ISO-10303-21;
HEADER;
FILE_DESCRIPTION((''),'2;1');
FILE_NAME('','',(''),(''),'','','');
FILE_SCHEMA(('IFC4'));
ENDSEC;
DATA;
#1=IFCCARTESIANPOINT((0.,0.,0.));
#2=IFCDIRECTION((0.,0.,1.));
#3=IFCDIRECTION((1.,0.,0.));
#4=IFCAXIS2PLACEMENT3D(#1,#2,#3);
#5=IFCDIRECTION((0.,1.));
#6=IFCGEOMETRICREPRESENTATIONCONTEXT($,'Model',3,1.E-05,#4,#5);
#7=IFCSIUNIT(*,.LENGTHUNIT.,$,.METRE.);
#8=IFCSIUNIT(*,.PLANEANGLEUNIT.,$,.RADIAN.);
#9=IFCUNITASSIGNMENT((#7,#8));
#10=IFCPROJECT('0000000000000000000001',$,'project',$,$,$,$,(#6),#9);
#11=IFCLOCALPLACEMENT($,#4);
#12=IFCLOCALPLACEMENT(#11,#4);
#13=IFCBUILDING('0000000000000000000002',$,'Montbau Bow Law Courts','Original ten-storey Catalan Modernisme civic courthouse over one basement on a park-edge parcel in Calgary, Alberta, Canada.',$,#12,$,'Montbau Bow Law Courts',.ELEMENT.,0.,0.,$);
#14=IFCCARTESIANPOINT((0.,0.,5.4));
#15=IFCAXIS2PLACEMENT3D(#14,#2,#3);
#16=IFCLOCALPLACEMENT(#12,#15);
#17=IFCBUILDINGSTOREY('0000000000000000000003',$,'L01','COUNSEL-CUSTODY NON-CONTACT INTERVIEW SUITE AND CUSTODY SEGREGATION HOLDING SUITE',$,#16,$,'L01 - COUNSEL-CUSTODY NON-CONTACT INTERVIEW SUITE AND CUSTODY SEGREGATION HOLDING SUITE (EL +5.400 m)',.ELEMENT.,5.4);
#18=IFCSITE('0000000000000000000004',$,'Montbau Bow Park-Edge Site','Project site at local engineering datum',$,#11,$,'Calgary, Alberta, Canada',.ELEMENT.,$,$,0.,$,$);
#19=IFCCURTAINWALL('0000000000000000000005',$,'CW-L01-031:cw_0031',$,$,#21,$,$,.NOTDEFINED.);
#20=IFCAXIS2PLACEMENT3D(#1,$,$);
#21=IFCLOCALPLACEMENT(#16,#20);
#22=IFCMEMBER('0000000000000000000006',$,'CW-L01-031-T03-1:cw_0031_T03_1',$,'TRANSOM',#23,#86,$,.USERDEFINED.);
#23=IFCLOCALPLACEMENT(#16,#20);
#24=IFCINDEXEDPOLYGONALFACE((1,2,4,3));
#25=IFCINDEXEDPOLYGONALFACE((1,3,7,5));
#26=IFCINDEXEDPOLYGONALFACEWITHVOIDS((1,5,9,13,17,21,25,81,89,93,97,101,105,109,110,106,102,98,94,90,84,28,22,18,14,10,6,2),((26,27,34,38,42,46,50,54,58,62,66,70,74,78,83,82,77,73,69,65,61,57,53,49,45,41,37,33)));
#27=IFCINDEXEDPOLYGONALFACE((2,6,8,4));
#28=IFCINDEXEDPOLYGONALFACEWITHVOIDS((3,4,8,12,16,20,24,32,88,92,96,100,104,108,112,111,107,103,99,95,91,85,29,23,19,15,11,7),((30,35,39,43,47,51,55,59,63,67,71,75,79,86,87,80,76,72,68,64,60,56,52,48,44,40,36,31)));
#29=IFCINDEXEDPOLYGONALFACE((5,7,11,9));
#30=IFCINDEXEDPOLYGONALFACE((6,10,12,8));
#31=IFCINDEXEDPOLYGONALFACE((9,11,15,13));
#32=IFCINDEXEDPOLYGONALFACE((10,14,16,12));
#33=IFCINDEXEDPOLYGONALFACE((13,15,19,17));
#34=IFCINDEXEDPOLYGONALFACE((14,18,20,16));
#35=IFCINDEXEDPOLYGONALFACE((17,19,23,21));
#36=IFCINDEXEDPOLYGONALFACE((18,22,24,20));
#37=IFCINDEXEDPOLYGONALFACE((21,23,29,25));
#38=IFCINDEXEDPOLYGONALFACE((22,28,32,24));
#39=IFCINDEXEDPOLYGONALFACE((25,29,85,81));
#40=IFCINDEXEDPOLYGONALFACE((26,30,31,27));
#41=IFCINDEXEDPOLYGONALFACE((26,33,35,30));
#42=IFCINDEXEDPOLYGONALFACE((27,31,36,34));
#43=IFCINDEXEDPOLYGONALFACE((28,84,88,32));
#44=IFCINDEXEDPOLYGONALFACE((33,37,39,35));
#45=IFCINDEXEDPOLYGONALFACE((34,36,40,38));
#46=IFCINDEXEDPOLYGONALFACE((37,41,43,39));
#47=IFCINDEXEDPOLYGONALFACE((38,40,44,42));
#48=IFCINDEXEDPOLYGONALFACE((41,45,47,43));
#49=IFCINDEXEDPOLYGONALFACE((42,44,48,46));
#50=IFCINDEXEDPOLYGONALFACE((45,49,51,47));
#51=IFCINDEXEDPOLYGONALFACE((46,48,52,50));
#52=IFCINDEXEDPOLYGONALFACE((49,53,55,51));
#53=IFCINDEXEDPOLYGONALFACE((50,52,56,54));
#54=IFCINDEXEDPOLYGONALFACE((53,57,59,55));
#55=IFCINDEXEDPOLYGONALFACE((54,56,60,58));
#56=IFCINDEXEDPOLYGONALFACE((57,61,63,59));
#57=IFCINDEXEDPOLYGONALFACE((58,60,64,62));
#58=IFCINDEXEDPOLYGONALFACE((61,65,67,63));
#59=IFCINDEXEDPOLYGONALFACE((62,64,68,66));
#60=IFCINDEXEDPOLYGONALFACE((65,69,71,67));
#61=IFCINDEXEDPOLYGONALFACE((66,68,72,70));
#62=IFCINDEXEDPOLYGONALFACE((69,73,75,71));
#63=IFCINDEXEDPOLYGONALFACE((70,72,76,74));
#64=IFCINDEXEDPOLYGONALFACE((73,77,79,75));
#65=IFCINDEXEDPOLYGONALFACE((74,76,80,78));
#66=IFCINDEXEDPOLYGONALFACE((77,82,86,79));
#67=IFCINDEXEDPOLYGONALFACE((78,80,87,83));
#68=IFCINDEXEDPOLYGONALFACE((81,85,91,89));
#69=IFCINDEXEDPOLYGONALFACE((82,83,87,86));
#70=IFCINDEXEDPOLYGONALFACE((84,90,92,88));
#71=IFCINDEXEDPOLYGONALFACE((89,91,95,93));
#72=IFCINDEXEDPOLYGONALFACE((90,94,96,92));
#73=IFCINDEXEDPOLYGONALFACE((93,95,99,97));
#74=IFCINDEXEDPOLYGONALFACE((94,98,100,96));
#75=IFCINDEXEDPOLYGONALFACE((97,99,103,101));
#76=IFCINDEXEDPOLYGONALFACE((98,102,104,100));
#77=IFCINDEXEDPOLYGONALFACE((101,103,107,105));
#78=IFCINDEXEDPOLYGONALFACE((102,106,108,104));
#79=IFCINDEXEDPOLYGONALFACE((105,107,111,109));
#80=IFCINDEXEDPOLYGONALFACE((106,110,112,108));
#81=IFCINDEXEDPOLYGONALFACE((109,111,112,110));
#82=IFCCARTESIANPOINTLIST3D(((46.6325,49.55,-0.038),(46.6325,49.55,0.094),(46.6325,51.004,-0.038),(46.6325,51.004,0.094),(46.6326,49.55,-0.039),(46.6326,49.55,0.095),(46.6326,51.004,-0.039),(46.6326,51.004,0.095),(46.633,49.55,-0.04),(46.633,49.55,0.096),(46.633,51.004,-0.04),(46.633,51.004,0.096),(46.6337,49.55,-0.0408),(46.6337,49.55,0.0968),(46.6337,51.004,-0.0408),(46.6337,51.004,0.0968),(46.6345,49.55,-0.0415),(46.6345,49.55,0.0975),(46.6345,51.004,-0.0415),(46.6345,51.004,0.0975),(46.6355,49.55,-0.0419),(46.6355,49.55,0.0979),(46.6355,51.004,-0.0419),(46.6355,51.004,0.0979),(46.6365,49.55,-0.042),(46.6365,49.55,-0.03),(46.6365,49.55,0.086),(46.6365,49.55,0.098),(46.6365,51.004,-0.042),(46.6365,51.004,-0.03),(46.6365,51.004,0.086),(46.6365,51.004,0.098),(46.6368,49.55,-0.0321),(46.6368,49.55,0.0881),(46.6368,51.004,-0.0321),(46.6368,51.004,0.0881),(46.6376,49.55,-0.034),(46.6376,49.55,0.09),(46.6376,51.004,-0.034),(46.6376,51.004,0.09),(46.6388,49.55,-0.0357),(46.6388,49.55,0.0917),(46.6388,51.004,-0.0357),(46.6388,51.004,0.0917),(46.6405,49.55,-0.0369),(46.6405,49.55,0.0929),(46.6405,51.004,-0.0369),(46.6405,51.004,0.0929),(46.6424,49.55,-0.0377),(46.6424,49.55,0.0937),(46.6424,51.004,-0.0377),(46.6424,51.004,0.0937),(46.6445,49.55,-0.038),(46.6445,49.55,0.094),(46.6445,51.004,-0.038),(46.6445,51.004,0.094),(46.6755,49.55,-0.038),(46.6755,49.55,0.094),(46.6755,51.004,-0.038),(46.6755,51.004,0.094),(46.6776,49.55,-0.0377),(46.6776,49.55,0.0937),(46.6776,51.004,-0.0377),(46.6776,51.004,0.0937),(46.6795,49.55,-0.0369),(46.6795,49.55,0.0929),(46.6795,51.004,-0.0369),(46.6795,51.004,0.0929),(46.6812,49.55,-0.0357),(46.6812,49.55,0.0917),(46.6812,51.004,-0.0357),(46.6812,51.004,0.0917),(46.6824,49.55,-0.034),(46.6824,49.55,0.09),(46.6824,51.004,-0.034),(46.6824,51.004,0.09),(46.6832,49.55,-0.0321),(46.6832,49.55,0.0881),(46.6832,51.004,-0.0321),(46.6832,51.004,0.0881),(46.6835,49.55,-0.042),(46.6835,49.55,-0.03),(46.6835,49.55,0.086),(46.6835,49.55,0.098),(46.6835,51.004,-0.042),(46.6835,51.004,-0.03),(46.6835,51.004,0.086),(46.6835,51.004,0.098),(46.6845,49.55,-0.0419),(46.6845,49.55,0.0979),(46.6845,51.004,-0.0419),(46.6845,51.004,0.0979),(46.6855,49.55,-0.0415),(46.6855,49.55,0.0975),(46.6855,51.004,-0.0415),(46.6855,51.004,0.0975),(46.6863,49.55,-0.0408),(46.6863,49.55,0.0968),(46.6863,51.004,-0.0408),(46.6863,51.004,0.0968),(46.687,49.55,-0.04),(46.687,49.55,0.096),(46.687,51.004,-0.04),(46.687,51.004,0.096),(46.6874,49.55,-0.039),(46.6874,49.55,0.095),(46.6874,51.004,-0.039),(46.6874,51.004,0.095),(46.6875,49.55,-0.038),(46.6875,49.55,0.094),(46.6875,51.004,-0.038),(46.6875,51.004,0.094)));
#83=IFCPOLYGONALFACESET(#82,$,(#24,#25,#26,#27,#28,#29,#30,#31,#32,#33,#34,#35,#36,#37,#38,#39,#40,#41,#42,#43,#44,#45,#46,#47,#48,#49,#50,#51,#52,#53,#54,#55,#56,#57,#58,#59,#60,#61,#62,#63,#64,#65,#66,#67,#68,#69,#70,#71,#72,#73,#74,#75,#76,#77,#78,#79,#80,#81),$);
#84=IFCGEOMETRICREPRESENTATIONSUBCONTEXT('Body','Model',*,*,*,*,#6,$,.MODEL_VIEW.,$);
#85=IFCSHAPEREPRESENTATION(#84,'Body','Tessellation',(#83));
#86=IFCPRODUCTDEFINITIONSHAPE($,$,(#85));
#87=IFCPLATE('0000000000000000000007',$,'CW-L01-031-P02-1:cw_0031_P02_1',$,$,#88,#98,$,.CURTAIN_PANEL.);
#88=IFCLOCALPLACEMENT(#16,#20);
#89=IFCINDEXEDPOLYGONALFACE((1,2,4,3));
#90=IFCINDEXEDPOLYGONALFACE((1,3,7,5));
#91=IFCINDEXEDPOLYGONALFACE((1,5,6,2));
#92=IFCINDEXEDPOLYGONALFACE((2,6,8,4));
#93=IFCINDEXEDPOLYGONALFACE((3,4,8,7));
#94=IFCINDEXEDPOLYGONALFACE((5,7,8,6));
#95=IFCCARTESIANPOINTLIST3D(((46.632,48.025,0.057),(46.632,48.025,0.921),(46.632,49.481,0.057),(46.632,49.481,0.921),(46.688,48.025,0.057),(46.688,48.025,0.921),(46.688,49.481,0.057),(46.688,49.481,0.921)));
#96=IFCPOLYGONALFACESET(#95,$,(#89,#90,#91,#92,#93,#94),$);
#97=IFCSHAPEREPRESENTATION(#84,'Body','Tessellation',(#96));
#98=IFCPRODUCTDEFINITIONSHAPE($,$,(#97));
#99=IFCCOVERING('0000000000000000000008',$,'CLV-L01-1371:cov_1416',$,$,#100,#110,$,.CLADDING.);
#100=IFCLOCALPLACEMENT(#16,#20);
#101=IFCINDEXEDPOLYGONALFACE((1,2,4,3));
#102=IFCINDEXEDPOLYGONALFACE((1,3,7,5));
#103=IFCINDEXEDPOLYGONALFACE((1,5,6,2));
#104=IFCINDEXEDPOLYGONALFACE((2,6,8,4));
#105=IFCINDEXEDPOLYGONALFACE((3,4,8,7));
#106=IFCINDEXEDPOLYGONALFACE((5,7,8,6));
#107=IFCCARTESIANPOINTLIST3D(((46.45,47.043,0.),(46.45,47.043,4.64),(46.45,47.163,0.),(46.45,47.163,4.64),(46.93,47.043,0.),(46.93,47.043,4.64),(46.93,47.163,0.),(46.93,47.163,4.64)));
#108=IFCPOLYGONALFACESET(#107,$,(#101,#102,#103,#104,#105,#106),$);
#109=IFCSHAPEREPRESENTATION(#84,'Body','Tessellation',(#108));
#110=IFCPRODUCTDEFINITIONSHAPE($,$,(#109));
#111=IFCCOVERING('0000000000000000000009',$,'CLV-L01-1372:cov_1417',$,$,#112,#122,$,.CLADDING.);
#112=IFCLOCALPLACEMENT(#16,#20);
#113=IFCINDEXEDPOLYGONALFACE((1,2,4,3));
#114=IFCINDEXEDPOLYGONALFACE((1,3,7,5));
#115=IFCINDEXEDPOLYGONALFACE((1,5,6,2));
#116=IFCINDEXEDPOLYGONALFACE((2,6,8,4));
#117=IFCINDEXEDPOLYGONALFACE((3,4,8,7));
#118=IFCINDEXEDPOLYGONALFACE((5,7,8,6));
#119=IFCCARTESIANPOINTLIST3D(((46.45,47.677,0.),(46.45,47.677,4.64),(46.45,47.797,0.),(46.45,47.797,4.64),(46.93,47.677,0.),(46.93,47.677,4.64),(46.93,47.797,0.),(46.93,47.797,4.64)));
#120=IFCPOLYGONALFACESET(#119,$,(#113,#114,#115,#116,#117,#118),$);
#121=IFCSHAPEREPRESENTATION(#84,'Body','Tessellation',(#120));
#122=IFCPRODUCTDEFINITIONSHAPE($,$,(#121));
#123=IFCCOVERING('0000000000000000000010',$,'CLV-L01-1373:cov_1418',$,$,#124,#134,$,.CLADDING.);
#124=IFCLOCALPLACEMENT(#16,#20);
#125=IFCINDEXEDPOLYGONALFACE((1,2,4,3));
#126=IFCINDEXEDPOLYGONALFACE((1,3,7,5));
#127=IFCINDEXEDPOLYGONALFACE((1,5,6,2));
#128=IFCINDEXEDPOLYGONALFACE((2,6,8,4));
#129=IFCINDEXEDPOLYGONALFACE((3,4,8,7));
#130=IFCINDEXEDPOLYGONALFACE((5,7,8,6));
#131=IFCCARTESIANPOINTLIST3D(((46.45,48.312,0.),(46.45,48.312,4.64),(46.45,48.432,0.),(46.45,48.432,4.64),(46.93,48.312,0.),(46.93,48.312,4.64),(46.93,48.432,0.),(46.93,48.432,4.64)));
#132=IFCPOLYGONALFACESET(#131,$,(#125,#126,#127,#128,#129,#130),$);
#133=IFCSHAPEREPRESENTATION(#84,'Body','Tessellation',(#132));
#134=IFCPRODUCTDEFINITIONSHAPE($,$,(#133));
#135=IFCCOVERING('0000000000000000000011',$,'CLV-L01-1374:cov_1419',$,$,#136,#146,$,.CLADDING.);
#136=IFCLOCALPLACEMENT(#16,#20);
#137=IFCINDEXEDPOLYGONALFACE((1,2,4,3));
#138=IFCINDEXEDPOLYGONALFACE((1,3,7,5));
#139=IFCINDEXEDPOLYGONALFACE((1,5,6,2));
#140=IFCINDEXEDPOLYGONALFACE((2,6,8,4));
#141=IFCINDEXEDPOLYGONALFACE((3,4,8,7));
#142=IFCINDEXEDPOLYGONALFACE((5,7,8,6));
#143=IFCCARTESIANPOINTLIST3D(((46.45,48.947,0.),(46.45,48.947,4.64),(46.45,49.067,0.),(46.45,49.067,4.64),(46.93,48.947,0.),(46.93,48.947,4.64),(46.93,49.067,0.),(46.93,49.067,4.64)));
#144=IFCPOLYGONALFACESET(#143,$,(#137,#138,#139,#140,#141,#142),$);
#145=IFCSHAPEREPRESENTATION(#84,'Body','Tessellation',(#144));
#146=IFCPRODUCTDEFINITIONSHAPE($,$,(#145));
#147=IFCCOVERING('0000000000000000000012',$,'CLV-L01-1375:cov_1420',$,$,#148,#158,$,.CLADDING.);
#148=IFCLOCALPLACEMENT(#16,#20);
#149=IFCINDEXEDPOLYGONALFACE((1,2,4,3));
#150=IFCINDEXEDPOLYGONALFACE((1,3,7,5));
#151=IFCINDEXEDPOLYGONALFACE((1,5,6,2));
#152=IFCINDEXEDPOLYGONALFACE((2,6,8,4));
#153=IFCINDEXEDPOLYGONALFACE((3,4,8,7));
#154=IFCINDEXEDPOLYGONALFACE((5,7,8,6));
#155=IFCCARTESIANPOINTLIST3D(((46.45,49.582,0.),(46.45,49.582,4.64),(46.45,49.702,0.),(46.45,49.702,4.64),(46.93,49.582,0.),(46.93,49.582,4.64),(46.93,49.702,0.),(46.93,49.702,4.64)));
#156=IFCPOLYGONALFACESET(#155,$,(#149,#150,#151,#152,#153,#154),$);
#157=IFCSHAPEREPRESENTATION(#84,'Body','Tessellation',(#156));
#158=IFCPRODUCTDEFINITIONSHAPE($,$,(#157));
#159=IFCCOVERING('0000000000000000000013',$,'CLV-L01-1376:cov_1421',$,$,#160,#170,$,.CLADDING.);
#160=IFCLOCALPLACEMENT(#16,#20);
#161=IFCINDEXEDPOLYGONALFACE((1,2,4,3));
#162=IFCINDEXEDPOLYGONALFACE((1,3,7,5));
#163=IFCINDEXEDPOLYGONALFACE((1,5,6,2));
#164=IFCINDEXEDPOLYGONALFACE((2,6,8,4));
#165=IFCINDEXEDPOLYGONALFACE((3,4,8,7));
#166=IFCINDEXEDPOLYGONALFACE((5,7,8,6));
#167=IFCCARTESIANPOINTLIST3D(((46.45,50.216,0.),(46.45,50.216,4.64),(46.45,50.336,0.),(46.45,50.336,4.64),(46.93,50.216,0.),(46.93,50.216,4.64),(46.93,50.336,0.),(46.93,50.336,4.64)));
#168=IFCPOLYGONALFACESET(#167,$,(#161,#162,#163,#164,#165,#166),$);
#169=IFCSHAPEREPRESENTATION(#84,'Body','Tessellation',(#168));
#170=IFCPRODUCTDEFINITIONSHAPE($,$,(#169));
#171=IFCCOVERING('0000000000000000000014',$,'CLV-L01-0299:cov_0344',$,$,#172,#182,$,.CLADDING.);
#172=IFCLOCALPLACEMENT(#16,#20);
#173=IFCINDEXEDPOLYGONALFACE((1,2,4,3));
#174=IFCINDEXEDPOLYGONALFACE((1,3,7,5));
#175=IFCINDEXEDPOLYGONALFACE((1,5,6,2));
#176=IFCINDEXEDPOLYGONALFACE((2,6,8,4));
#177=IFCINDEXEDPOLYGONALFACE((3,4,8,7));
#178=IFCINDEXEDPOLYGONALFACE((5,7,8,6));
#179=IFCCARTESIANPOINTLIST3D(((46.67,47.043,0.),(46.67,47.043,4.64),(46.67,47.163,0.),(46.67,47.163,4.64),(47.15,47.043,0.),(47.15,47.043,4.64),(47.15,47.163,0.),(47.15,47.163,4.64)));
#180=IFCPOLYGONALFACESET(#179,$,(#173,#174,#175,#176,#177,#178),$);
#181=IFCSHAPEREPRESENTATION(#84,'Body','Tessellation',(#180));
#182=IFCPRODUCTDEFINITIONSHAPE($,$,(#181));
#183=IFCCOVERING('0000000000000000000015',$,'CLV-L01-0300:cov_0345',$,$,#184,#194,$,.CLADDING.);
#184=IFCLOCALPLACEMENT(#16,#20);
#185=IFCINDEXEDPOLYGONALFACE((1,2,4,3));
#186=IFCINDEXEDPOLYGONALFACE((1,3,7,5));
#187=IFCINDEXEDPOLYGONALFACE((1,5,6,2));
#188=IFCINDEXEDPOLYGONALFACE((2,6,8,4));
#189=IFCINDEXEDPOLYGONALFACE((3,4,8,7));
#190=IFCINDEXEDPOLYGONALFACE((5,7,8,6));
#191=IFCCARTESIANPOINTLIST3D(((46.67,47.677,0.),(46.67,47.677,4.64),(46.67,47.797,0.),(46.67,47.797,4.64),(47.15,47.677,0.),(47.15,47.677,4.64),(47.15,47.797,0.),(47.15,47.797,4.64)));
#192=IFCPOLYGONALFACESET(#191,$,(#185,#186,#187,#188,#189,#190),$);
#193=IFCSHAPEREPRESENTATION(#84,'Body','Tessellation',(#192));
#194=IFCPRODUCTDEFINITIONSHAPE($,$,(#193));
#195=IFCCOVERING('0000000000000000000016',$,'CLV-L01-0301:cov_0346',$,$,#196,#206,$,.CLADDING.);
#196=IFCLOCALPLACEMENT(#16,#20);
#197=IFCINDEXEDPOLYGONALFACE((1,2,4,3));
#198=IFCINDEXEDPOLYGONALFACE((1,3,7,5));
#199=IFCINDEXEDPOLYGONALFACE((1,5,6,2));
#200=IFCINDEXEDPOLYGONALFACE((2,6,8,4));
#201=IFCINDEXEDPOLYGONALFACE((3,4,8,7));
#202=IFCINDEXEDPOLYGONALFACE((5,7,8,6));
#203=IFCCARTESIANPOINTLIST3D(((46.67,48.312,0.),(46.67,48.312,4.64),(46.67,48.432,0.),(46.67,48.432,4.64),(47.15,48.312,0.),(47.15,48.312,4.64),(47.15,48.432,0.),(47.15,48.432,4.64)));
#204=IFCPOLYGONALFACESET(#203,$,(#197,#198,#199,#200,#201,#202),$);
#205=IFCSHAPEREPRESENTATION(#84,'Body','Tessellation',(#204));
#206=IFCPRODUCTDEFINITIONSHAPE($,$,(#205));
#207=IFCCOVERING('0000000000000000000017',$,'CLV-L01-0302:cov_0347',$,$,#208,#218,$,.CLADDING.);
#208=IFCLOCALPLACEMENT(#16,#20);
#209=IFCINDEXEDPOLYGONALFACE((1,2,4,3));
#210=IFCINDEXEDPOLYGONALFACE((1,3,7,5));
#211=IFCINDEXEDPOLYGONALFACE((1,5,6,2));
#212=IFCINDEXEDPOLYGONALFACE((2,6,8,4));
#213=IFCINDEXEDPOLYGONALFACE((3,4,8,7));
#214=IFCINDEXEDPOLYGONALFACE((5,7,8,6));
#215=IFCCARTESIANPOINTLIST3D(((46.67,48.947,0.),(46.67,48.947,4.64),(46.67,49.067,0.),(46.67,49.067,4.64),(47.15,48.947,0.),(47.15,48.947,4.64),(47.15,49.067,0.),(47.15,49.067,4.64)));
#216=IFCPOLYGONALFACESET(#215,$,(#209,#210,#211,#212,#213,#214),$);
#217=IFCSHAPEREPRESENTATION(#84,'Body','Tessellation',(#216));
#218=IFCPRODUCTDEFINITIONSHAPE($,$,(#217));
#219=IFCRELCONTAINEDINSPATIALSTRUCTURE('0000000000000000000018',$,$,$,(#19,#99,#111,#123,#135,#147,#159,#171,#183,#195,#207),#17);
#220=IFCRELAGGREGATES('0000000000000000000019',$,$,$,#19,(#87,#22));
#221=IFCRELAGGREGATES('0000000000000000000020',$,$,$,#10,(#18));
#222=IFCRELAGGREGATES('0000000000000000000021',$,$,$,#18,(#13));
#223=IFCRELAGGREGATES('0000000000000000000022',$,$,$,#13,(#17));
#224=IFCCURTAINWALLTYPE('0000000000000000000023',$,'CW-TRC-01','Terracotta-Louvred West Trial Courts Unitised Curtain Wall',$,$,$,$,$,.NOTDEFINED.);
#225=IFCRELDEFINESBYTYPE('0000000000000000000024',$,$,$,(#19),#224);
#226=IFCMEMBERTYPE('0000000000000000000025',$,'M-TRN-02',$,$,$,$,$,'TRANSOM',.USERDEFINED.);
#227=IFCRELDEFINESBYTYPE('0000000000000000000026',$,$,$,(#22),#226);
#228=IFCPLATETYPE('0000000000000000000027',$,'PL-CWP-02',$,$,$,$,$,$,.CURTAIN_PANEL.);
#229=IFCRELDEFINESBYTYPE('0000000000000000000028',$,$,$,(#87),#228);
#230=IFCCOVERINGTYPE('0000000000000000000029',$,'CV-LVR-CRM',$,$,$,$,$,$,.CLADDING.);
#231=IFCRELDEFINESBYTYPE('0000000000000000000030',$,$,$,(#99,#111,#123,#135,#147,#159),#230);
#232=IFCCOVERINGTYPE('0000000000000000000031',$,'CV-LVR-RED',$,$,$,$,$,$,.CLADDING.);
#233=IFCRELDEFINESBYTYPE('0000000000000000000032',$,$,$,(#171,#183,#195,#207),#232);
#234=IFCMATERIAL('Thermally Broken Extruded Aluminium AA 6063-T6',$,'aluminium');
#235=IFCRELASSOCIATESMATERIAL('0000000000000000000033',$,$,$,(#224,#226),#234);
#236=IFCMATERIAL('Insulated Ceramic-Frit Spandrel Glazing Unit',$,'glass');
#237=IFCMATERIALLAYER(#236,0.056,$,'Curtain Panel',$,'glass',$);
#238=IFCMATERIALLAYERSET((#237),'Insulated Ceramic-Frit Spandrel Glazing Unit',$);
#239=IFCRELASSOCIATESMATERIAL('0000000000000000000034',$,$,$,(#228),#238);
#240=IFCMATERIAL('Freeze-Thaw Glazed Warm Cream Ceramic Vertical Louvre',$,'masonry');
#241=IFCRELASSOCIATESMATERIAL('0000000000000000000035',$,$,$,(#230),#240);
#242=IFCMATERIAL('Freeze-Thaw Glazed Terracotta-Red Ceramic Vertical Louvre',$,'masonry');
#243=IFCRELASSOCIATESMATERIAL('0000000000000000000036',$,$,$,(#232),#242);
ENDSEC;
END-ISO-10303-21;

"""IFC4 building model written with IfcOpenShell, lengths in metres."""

from ifc_helpers import new_model, si_unit, direction, frame, frame_2d, origin_with_axes, origin_2d_with_axis, place, context, subcontext, project, spatial, rectangle, hollow_rectangle, extrude, material, layer, layer_set, material_profile, profile_set, type_object, element, aggregate, save


model = new_model("IFC4")

# Units and contexts
model_context = context("Model", 3, precision=1e-05, world=origin_with_axes(), true_north=direction((0.0, 1.0)))
body_context = subcontext(model_context, "Body", "Model", "MODEL_VIEW")
ifc_project = project(units=[si_unit("LENGTHUNIT", "METRE"), si_unit("PLANEANGLEUNIT", "RADIAN")], contexts=[model_context])

# Site, building, storey
site_placement = place(None, origin_with_axes())
site = spatial("IfcSite", under=ifc_project, at=site_placement, Name="Montbau Bow Park-Edge Site", Description="Project site at local engineering datum", LongName="Calgary, Alberta, Canada", CompositionType="ELEMENT", RefElevation=0.0)
building_placement = place(site_placement, origin_with_axes())
building = spatial("IfcBuilding", under=site, at=building_placement, Name="Montbau Bow Law Courts", Description="Original ten-storey Catalan Modernisme civic courthouse over one basement on a park-edge parcel in Calgary, Alberta, Canada.", LongName="Montbau Bow Law Courts", CompositionType="ELEMENT", ElevationOfRefHeight=0.0, ElevationOfTerrain=0.0)
storey_placement = place(building_placement, frame((0.0, 0.0, 5.4), z_axis=(0.0, 0.0, 1.0), x_axis=(1.0, 0.0, 0.0)))
storey = spatial("IfcBuildingStorey", under=building, at=storey_placement, Name="L01", Description="COUNSEL-CUSTODY NON-CONTACT INTERVIEW SUITE AND CUSTODY SEGREGATION HOLDING SUITE", LongName="L01 - COUNSEL-CUSTODY NON-CONTACT INTERVIEW SUITE AND CUSTODY SEGREGATION HOLDING SUITE (EL +5.400 m)", CompositionType="ELEMENT", Elevation=5.4)

# Curtain wall
ifc_material_1 = material(Name="Thermally Broken Extruded Aluminium AA 6063-T6", Category="aluminium")
curtain_wall_type_1 = type_object("IfcCurtainWallType", Name="CW-TRC-01", Description="Terracotta-Louvred West Trial Courts Unitised Curtain Wall", PredefinedType="NOTDEFINED", material=ifc_material_1)
curtain_wall_1_placement = place(None, frame((46.66, 46.468, 5.4), z_axis=(0.0, 0.0, 1.0), x_axis=(1.0, 0.0, 0.0)))
curtain_wall_1 = element("IfcCurtainWall", 1, at=curtain_wall_1_placement, inside=storey, type_object=curtain_wall_type_1, Name="CW-L01-031:cw_0031", PredefinedType="NOTDEFINED")

# Member
ifc_material_profile_1 = material_profile(ifc_material_1, hollow_rectangle(XDim=0.055, YDim=0.14, WallThickness=0.004, InnerFilletRadius=0.008, OuterFilletRadius=0.004, at=origin_2d_with_axis()), Name="CWT-140X55", Category="Main", Priority=0)
ifc_profile_set_1 = profile_set([ifc_material_profile_1], Name="Thermally Broken Extruded Aluminium AA 6063-T6")
member_type_1 = type_object("IfcMemberType", Name="M-TRN-02", ElementType="TRANSOM", PredefinedType="USERDEFINED", material=ifc_profile_set_1)
member_1_placement = place(None, frame((46.66, 49.55, 5.428), z_axis=(0.0, 1.0, 0.0), x_axis=(-1.0, 0.0, 0.0)))
member_1 = element("IfcMember", 2, at=member_1_placement, type_object=member_type_1, Name="CW-L01-031-T03-1:cw_0031_T03_1", ObjectType="TRANSOM", PredefinedType="USERDEFINED", context=body_context, shape_type="SweptSolid", body=[
    extrude(hollow_rectangle(XDim=0.055, YDim=0.14, WallThickness=0.004, InnerFilletRadius=0.008, OuterFilletRadius=0.004, at=origin_2d_with_axis()), origin_with_axes(), (0.0, 0.0, 1.0), 1.454),
])

# Plate
ifc_material_2 = material(Name="Insulated Ceramic-Frit Spandrel Glazing Unit", Category="glass")
ifc_layer = layer(ifc_material_2, 0.056, Name="Curtain Panel", Category="glass")
ifc_layer_set = layer_set([ifc_layer], Name="Insulated Ceramic-Frit Spandrel Glazing Unit")
plate_type = type_object("IfcPlateType", Name="PL-CWP-02", PredefinedType="CURTAIN_PANEL", material=ifc_layer_set)
plate_placement = place(None, frame((46.66, 48.025, 5.457), z_axis=(1.0, 0.0, 0.0), x_axis=(0.0, 1.0, 0.0)))
plate = element("IfcPlate", 3, at=plate_placement, type_object=plate_type, Name="CW-L01-031-P02-1:cw_0031_P02_1", PredefinedType="CURTAIN_PANEL", context=body_context, shape_type="SweptSolid", body=[
    extrude(rectangle(XDim=1.456, YDim=0.864, at=frame_2d((0.728, 0.432), x_axis=(1.0, 0.0))), frame((0.0, 0.0, -0.028), z_axis=(0.0, 0.0, 1.0), x_axis=(1.0, 0.0, 0.0)), (0.0, 0.0, 1.0), 0.056),
])
aggregate(curtain_wall_1, [plate, member_1])

# Coverings
ifc_material_3 = material(Name="Freeze-Thaw Glazed Warm Cream Ceramic Vertical Louvre", Category="masonry")
covering_type_1 = type_object("IfcCoveringType", Name="CV-LVR-CRM", PredefinedType="CLADDING", material=ifc_material_3)
for number, where, z_axis, x_axis, name in (
    (4, (46.93, 47.103, 5.4), (0.0, 1.0, 0.0), (-1.0, 0.0, 0.0), "CLV-L01-1371:cov_1416"),
    (5, (46.93, 47.737, 5.4), (0.0, 1.0, 0.0), (-1.0, 0.0, 0.0), "CLV-L01-1372:cov_1417"),
    (6, (46.93, 48.372, 5.4), (0.0, 1.0, 0.0), (-1.0, 0.0, 0.0), "CLV-L01-1373:cov_1418"),
    (7, (46.93, 49.007, 5.4), (0.0, 1.0, 0.0), (-1.0, 0.0, 0.0), "CLV-L01-1374:cov_1419"),
    (8, (46.93, 49.642, 5.4), (0.0, 1.0, 0.0), (-1.0, 0.0, 0.0), "CLV-L01-1375:cov_1420"),
    (9, (46.93, 50.276, 5.4), (0.0, 1.0, 0.0), (-1.0, 0.0, 0.0), "CLV-L01-1376:cov_1421"),
):
    element("IfcCovering", number, at=place(None, frame(where, z_axis=z_axis, x_axis=x_axis)), inside=storey, type_object=covering_type_1, Name=name, PredefinedType="CLADDING", context=body_context, shape_type="SweptSolid", body=[
        extrude(rectangle(XDim=0.48, YDim=4.64, at=frame_2d((0.24, 2.32), x_axis=(1.0, 0.0))), frame((0.0, 0.0, -0.06), z_axis=(0.0, 0.0, 1.0), x_axis=(1.0, 0.0, 0.0)), (0.0, 0.0, 1.0), 0.12),
    ])
ifc_material_4 = material(Name="Freeze-Thaw Glazed Terracotta-Red Ceramic Vertical Louvre", Category="masonry")
covering_type_2 = type_object("IfcCoveringType", Name="CV-LVR-RED", PredefinedType="CLADDING", material=ifc_material_4)
for number, where, z_axis, x_axis, name in (
    (10, (46.67, 47.103, 5.4), (0.0, -1.0, 0.0), (1.0, 0.0, 0.0), "CLV-L01-0299:cov_0344"),
    (11, (46.67, 47.737, 5.4), (0.0, -1.0, 0.0), (1.0, 0.0, 0.0), "CLV-L01-0300:cov_0345"),
    (12, (46.67, 48.372, 5.4), (0.0, -1.0, 0.0), (1.0, 0.0, 0.0), "CLV-L01-0301:cov_0346"),
    (13, (46.67, 49.007, 5.4), (0.0, -1.0, 0.0), (1.0, 0.0, 0.0), "CLV-L01-0302:cov_0347"),
):
    element("IfcCovering", number, at=place(None, frame(where, z_axis=z_axis, x_axis=x_axis)), inside=storey, type_object=covering_type_2, Name=name, PredefinedType="CLADDING", context=body_context, shape_type="SweptSolid", body=[
        extrude(rectangle(XDim=0.48, YDim=4.64, at=frame_2d((0.24, 2.32), x_axis=(1.0, 0.0))), frame((0.0, 0.0, -0.06), z_axis=(0.0, 0.0, 1.0), x_axis=(1.0, 0.0, 0.0)), (0.0, 0.0, 1.0), 0.12),
    ])

save(model, "model.ifc")
